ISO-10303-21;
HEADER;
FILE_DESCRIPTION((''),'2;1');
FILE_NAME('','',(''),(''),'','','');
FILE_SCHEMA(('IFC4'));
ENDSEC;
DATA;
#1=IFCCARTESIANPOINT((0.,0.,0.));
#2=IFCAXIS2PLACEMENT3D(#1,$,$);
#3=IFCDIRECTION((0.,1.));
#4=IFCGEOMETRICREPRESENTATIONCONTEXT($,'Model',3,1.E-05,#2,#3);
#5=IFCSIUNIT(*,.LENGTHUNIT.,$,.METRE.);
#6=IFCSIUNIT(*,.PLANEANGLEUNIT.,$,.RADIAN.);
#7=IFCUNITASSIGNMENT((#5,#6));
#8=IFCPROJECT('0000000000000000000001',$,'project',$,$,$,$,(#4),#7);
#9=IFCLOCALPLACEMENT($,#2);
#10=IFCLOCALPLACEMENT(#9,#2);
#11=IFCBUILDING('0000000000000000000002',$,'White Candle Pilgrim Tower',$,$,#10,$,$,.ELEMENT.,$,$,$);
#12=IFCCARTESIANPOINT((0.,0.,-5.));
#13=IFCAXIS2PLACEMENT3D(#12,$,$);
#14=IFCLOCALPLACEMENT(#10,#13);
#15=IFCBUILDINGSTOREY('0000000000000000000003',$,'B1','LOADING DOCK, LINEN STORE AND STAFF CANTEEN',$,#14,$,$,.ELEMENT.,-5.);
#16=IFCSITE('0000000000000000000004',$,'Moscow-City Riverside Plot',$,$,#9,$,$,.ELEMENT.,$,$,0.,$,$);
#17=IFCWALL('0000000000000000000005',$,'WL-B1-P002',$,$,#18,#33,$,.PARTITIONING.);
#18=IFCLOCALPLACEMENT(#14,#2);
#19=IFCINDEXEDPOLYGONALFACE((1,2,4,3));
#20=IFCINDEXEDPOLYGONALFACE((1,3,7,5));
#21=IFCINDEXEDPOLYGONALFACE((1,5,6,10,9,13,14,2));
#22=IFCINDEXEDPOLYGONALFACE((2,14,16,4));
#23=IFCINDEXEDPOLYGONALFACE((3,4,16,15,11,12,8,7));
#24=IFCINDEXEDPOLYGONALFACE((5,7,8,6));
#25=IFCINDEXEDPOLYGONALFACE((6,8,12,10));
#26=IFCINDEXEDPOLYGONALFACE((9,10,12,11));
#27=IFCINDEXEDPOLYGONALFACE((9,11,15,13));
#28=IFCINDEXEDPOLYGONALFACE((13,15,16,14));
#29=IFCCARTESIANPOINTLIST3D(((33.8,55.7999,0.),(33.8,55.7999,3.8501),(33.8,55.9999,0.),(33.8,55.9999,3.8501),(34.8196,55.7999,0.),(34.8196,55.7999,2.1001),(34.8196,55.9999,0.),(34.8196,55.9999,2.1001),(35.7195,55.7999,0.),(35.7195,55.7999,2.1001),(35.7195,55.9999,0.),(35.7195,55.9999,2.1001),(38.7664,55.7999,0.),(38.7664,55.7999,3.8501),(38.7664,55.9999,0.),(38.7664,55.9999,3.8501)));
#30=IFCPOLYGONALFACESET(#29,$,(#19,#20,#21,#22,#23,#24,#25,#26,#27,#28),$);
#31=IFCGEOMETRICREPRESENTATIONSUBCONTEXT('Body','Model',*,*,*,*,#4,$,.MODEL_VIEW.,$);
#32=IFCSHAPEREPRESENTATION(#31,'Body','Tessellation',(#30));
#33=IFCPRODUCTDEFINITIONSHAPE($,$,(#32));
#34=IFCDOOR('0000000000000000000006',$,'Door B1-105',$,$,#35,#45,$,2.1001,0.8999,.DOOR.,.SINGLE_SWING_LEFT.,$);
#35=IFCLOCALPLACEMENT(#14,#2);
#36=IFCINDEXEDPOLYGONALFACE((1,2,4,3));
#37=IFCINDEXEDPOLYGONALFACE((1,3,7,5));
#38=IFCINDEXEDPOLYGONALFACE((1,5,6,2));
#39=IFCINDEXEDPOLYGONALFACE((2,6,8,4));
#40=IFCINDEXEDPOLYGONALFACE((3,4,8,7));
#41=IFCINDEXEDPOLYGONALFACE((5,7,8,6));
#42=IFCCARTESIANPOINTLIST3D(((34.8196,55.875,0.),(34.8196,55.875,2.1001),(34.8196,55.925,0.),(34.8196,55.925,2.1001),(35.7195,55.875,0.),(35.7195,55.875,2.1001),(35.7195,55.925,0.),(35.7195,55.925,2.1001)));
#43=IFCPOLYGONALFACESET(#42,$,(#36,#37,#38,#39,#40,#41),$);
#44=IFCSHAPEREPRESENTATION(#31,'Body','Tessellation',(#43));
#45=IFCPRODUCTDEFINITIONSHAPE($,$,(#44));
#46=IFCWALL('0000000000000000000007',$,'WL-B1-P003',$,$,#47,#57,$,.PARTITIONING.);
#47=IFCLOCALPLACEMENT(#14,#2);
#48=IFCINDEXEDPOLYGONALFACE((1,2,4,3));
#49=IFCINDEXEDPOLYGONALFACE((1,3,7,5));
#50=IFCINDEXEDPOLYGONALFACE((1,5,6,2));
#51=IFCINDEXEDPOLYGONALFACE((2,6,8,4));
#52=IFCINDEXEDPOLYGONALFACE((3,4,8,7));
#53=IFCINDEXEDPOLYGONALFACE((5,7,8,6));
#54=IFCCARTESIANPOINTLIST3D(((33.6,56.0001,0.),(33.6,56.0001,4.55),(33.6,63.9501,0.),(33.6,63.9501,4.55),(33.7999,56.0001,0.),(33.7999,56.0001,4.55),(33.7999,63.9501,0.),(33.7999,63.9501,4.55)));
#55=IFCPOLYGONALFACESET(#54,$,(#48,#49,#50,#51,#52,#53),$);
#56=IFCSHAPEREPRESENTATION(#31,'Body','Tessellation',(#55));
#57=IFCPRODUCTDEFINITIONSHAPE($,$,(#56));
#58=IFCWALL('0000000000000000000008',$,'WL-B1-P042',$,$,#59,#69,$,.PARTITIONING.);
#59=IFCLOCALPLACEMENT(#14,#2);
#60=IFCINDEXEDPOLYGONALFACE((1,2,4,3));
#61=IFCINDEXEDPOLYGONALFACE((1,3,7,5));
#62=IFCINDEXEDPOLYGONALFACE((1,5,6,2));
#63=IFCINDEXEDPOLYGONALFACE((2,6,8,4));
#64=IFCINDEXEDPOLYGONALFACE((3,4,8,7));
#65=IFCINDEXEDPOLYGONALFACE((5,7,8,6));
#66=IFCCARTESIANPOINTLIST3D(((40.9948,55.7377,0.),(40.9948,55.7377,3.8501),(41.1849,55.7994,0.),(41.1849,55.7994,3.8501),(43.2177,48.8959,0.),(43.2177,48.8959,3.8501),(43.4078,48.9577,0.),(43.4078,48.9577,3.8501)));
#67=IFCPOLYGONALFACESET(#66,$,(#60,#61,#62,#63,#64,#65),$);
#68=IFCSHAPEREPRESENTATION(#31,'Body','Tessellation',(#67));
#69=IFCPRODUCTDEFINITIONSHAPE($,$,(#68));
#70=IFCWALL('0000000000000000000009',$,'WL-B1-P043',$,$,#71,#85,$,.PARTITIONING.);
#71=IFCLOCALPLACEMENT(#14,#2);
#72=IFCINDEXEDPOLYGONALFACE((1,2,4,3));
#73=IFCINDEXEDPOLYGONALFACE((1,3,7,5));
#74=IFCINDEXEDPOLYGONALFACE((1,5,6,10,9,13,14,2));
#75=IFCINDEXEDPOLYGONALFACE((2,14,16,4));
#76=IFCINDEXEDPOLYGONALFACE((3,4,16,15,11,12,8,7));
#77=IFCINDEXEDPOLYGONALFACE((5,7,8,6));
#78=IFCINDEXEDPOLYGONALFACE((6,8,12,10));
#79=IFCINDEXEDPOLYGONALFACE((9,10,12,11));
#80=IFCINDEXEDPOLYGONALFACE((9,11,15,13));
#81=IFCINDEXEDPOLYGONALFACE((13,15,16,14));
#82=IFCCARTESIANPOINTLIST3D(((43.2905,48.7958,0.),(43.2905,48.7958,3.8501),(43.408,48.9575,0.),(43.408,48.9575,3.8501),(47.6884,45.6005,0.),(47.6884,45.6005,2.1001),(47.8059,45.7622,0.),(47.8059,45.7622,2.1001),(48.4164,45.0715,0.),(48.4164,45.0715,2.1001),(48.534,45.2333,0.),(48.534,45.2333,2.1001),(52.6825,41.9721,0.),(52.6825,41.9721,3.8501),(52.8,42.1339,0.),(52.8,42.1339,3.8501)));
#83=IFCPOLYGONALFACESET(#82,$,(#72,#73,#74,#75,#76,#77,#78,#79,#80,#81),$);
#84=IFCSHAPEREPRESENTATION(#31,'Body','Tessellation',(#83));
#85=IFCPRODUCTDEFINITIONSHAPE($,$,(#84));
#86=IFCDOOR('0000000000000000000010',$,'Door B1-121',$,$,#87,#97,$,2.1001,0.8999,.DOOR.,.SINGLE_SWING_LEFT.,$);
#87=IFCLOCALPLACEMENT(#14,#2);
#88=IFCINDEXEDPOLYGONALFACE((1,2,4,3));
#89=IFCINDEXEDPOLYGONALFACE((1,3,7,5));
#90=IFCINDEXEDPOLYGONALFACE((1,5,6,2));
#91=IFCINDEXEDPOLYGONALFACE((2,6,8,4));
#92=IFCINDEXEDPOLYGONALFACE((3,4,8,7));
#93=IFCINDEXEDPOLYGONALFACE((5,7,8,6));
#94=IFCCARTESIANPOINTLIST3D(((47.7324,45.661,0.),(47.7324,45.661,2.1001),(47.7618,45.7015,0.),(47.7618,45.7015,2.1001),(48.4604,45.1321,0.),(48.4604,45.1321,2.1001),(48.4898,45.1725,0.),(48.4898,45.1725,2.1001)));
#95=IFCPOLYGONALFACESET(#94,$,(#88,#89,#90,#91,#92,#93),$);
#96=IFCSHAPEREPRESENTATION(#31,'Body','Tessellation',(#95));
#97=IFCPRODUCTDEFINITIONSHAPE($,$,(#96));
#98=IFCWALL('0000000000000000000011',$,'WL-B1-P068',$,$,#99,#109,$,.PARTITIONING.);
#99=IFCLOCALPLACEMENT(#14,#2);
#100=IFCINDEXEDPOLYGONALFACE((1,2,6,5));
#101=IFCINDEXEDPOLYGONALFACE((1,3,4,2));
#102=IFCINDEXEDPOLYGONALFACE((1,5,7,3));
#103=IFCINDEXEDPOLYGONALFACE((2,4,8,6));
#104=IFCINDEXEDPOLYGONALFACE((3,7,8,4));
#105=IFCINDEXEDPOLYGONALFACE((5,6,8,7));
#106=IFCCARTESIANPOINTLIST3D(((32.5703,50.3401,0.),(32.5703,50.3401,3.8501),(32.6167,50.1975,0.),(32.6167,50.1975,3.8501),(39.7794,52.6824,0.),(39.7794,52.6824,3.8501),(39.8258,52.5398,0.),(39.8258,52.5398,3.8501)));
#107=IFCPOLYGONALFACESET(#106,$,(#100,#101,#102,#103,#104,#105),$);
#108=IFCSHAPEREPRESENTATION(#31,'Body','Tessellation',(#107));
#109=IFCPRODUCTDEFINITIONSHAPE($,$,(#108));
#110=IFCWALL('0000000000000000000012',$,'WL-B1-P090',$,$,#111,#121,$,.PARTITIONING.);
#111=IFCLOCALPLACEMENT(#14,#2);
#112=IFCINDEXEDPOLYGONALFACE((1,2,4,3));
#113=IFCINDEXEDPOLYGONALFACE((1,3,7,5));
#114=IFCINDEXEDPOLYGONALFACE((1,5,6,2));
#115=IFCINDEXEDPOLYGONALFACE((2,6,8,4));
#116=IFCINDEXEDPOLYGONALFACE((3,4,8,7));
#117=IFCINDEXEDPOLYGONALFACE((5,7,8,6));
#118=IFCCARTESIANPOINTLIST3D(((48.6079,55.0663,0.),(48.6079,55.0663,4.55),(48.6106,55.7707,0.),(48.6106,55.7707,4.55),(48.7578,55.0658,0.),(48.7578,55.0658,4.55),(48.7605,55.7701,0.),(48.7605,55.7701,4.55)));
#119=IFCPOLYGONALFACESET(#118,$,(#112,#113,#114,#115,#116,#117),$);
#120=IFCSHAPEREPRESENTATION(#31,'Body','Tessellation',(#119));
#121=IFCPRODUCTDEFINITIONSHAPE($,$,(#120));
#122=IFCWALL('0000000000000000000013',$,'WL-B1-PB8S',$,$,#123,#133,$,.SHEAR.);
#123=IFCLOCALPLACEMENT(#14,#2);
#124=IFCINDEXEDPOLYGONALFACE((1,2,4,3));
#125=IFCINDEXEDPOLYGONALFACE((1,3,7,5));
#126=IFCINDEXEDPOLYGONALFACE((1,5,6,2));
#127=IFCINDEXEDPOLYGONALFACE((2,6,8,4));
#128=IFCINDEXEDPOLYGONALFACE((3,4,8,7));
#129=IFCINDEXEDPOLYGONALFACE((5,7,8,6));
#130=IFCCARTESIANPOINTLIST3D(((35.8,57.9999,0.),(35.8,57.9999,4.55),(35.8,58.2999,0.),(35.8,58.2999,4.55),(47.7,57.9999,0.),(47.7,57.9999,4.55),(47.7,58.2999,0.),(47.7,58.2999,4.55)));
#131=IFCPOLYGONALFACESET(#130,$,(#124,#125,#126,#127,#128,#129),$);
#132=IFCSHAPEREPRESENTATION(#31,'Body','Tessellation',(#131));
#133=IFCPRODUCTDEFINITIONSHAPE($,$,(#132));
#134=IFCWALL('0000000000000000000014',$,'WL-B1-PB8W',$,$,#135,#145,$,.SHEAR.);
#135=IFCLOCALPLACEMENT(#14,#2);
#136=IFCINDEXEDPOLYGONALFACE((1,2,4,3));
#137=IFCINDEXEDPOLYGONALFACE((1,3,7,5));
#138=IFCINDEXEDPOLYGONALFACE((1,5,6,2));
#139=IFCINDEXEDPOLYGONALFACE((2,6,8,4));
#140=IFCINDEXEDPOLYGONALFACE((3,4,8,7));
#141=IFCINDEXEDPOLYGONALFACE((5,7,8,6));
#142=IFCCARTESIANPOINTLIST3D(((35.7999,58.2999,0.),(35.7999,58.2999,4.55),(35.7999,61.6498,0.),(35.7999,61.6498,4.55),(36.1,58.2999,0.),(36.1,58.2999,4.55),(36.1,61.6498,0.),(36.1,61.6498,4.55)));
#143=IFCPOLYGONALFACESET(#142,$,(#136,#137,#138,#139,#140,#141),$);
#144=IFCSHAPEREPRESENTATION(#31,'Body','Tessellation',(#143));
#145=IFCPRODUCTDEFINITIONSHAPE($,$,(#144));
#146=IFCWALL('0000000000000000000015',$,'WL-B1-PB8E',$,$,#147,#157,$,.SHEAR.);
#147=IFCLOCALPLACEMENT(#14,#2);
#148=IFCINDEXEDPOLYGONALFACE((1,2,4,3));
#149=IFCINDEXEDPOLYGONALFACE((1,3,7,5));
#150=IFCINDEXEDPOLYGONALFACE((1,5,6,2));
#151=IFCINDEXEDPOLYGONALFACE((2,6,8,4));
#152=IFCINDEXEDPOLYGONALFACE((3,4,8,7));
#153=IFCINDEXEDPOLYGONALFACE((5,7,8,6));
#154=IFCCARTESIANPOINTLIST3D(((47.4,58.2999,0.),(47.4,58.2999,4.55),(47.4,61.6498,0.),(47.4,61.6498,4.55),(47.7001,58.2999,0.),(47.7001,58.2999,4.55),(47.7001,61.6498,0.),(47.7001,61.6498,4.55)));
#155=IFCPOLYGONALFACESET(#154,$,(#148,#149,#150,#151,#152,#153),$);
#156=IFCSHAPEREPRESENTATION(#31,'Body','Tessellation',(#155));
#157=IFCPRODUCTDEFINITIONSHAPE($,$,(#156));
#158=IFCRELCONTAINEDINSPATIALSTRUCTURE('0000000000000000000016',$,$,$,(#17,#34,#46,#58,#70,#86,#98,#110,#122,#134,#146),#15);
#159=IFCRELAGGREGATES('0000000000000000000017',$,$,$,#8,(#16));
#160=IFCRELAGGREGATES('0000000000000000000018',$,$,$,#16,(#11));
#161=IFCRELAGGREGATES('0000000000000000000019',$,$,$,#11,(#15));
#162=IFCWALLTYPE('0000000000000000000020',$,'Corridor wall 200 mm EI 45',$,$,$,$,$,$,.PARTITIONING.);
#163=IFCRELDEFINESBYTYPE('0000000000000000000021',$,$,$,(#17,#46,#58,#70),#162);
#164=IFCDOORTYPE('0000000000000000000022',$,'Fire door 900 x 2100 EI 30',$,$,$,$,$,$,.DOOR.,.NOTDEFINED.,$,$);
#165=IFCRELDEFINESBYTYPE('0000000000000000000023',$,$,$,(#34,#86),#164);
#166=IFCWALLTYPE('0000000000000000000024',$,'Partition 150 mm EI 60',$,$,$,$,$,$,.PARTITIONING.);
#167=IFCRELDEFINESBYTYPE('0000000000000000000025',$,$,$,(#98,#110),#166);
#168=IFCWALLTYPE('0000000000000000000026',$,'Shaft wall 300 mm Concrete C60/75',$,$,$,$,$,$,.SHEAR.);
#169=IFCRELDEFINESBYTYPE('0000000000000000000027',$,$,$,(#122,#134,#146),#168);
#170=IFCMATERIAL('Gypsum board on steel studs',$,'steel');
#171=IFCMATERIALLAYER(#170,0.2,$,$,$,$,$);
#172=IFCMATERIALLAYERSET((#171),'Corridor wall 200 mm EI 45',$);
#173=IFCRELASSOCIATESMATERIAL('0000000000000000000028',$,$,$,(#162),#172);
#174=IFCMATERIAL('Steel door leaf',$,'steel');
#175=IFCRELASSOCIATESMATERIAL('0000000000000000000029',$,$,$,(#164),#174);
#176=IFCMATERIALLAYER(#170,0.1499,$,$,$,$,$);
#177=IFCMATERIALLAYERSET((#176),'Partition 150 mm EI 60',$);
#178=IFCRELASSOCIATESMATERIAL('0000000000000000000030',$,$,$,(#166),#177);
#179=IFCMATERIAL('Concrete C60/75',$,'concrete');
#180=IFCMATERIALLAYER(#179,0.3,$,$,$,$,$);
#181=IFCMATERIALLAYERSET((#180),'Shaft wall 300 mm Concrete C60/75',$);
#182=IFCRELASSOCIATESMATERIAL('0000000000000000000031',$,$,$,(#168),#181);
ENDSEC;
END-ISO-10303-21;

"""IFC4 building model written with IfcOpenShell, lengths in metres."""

from ifc_helpers import new_model, si_unit, direction, frame, frame_2d, origin, place, context, subcontext, project, spatial, rectangle, extrude, material, layer, layer_set, type_object, element, fill, save


model = new_model("IFC4")

# Units and contexts
model_context = context("Model", 3, precision=1e-05, world=origin(), true_north=direction((0.0, 1.0)))
body_context = subcontext(model_context, "Body", "Model", "MODEL_VIEW")
ifc_project = project(units=[si_unit("LENGTHUNIT", "METRE"), si_unit("PLANEANGLEUNIT", "RADIAN")], contexts=[model_context])

# Site, building, storey
site_placement = place(None, origin())
site = spatial("IfcSite", under=ifc_project, at=site_placement, Name="Moscow-City Riverside Plot", CompositionType="ELEMENT", RefElevation=0.0)
building_placement = place(site_placement, origin())
building = spatial("IfcBuilding", under=site, at=building_placement, Name="White Candle Pilgrim Tower", CompositionType="ELEMENT")
storey_placement = place(building_placement, frame((0.0, 0.0, -5.0)))
storey = spatial("IfcBuildingStorey", under=building, at=storey_placement, Name="B1", Description="LOADING DOCK, LINEN STORE AND STAFF CANTEEN", CompositionType="ELEMENT", Elevation=-5.0)

# Wall, opening, door
ifc_material_1 = material(Name="Gypsum board on steel studs", Category="steel")
ifc_layer_1 = layer(ifc_material_1, 0.2)
ifc_layer_set_1 = layer_set([ifc_layer_1], Name="Corridor wall 200 mm EI 45")
wall_type_1 = type_object("IfcWallType", Name="Corridor wall 200 mm EI 45", PredefinedType="PARTITIONING", material=ifc_layer_set_1)
ifc_material_2 = material(Name="Steel door leaf", Category="steel")
door_type = type_object("IfcDoorType", Name="Fire door 900 x 2100 EI 30", OperationType="NOTDEFINED", PredefinedType="DOOR", material=ifc_material_2)
wall_1_placement = place(storey_placement, frame((38.7664, 55.8999, 0.0), z_axis=(0.0, 0.0, 1.0), x_axis=(-1.0, 0.0, 0.0)))
wall_1 = element("IfcWall", 1, at=wall_1_placement, inside=storey, type_object=wall_type_1, Name="WL-B1-P002", PredefinedType="PARTITIONING", context=body_context, shape_type="SweptSolid", body=[
    extrude(rectangle(XDim=4.9663, YDim=0.2, at=frame_2d((2.4832, 0.0))), origin(), (0.0, 0.0, 1.0), 3.8501),
])
opening_1_placement = place(wall_1_placement, frame((3.0469, 0.0, 0.0)))
opening_1 = element("IfcOpeningElement", 2, at=opening_1_placement, cuts=wall_1, PredefinedType="OPENING", context=body_context, shape_type="SweptSolid", body=[
    extrude(rectangle(XDim=0.8999, YDim=2.1001, at=frame_2d((0.45, 1.05))), frame((0.0, 0.1099, 0.0), z_axis=(0.0, -1.0, 0.0), x_axis=(1.0, 0.0, 0.0)), (0.0, 0.0, 1.0), 0.22),
])
door_1_placement = place(opening_1_placement, origin())
door_1 = element("IfcDoor", 3, at=door_1_placement, inside=storey, type_object=door_type, Name="Door B1-105", OperationType="SINGLE_SWING_LEFT", OverallHeight=2.1001, OverallWidth=0.8999, PredefinedType="DOOR", context=body_context, shape_type="SweptSolid", body=[
    extrude(rectangle(XDim=0.8999, YDim=2.1001, at=frame_2d((0.45, 1.05))), frame((0.0, 0.0249, 0.0), z_axis=(0.0, -1.0, 0.0), x_axis=(1.0, 0.0, 0.0)), (0.0, 0.0, 1.0), 0.05),
])
fill(opening_1, door_1)

# Walls
wall_2_placement = place(storey_placement, frame((33.7, 56.0, 0.0), z_axis=(0.0, 0.0, 1.0), x_axis=(0.0, 1.0, 0.0)))
element("IfcWall", 4, at=wall_2_placement, inside=storey, type_object=wall_type_1, Name="WL-B1-P003", PredefinedType="PARTITIONING", context=body_context, shape_type="SweptSolid", body=[
    extrude(rectangle(XDim=7.95, YDim=0.2, at=frame_2d((3.9751, 0.0))), origin(), (0.0, 0.0, 1.0), 4.55),
])
wall_3_placement = place(storey_placement, frame((41.0898, 55.7686, 0.0), z_axis=(0.0, 0.0, 1.0), x_axis=(0.309, -0.951062, 0.0)))
element("IfcWall", 5, at=wall_3_placement, inside=storey, type_object=wall_type_1, Name="WL-B1-P042", PredefinedType="PARTITIONING", context=body_context, shape_type="SweptSolid", body=[
    extrude(rectangle(XDim=7.1938, YDim=0.2, at=frame_2d((3.5969, 0.0))), origin(), (0.0, 0.0, 1.0), 3.8501),
])

# Wall, opening, door
wall_4_placement = place(storey_placement, frame((43.3491, 48.8767, 0.0), z_axis=(0.0, 0.0, 1.0), x_axis=(0.809018, -0.587784, 0.0)))
wall_4 = element("IfcWall", 6, at=wall_4_placement, inside=storey, type_object=wall_type_1, Name="WL-B1-P043", PredefinedType="PARTITIONING", context=body_context, shape_type="SweptSolid", body=[
    extrude(rectangle(XDim=11.6091, YDim=0.2, at=frame_2d((5.8047, 0.0))), origin(), (0.0, 0.0, 1.0), 3.8501),
])
opening_2_placement = place(wall_4_placement, frame((5.4363, 0.0, 0.0)))
opening_2 = element("IfcOpeningElement", 7, at=opening_2_placement, cuts=wall_4, PredefinedType="OPENING", context=body_context, shape_type="SweptSolid", body=[
    extrude(rectangle(XDim=0.8999, YDim=2.1001, at=frame_2d((0.45, 1.05))), frame((0.0, 0.1099, 0.0), z_axis=(0.0, -1.0, 0.0), x_axis=(1.0, 0.0, 0.0)), (0.0, 0.0, 1.0), 0.22),
])
door_2_placement = place(opening_2_placement, origin())
door_2 = element("IfcDoor", 8, at=door_2_placement, inside=storey, type_object=door_type, Name="Door B1-121", OperationType="SINGLE_SWING_LEFT", OverallHeight=2.1001, OverallWidth=0.8999, PredefinedType="DOOR", context=body_context, shape_type="SweptSolid", body=[
    extrude(rectangle(XDim=0.8999, YDim=2.1001, at=frame_2d((0.45, 1.05))), frame((0.0, 0.0249, 0.0), z_axis=(0.0, -1.0, 0.0), x_axis=(1.0, 0.0, 0.0)), (0.0, 0.0, 1.0), 0.05),
])
fill(opening_2, door_2)

# Walls
ifc_layer_2 = layer(ifc_material_1, 0.1499)
ifc_layer_set_2 = layer_set([ifc_layer_2], Name="Partition 150 mm EI 60")
wall_type_2 = type_object("IfcWallType", Name="Partition 150 mm EI 60", PredefinedType="PARTITIONING", material=ifc_layer_set_2)
wall_5_placement = place(storey_placement, frame((32.5935, 50.2688, 0.0), z_axis=(0.0, 0.0, 1.0), x_axis=(0.951059, 0.30901, 0.0)))
element("IfcWall", 9, at=wall_5_placement, inside=storey, type_object=wall_type_2, Name="WL-B1-P068", PredefinedType="PARTITIONING", context=body_context, shape_type="SweptSolid", body=[
    extrude(rectangle(XDim=7.5801, YDim=0.1499, at=frame_2d((3.79, 0.0))), origin(), (0.0, 0.0, 1.0), 3.8501),
])
wall_6_placement = place(storey_placement, frame((48.6829, 55.0662, 0.0), z_axis=(0.0, 0.0, 1.0), x_axis=(0.003813, 0.999993, 0.0)))
element("IfcWall", 10, at=wall_6_placement, inside=storey, type_object=wall_type_2, Name="WL-B1-P090", PredefinedType="PARTITIONING", context=body_context, shape_type="SweptSolid", body=[
    extrude(rectangle(XDim=0.7043, YDim=0.1499, at=frame_2d((0.3521, 0.0))), origin(), (0.0, 0.0, 1.0), 4.55),
])
ifc_material_3 = material(Name="Concrete C60/75", Category="concrete")
ifc_layer_3 = layer(ifc_material_3, 0.3)
ifc_layer_set_3 = layer_set([ifc_layer_3], Name="Shaft wall 300 mm Concrete C60/75")
wall_type_3 = type_object("IfcWallType", Name="Shaft wall 300 mm Concrete C60/75", PredefinedType="SHEAR", material=ifc_layer_set_3)
wall_7_placement = place(storey_placement, frame((35.8, 58.1499, 0.0), z_axis=(0.0, 0.0, 1.0), x_axis=(1.0, 0.0, 0.0)))
element("IfcWall", 11, at=wall_7_placement, inside=storey, type_object=wall_type_3, Name="WL-B1-PB8S", PredefinedType="SHEAR", context=body_context, shape_type="SweptSolid", body=[
    extrude(rectangle(XDim=11.8999, YDim=0.3, at=frame_2d((5.95, 0.0))), origin(), (0.0, 0.0, 1.0), 4.55),
])
for number, where, z_axis, x_axis, name in (
    (12, (35.95, 58.3, 0.0), (0.0, 0.0, 1.0), (0.0, 1.0, 0.0), "WL-B1-PB8W"),
    (13, (47.55, 58.3, 0.0), (0.0, 0.0, 1.0), (0.0, 1.0, 0.0), "WL-B1-PB8E"),
):
    element("IfcWall", number, at=place(storey_placement, frame(where, z_axis=z_axis, x_axis=x_axis)), inside=storey, type_object=wall_type_3, Name=name, PredefinedType="SHEAR", context=body_context, shape_type="SweptSolid", body=[
        extrude(rectangle(XDim=3.3499, YDim=0.3, at=frame_2d((1.6748, 0.0))), origin(), (0.0, 0.0, 1.0), 4.55),
    ])

save(model, "model.ifc")
